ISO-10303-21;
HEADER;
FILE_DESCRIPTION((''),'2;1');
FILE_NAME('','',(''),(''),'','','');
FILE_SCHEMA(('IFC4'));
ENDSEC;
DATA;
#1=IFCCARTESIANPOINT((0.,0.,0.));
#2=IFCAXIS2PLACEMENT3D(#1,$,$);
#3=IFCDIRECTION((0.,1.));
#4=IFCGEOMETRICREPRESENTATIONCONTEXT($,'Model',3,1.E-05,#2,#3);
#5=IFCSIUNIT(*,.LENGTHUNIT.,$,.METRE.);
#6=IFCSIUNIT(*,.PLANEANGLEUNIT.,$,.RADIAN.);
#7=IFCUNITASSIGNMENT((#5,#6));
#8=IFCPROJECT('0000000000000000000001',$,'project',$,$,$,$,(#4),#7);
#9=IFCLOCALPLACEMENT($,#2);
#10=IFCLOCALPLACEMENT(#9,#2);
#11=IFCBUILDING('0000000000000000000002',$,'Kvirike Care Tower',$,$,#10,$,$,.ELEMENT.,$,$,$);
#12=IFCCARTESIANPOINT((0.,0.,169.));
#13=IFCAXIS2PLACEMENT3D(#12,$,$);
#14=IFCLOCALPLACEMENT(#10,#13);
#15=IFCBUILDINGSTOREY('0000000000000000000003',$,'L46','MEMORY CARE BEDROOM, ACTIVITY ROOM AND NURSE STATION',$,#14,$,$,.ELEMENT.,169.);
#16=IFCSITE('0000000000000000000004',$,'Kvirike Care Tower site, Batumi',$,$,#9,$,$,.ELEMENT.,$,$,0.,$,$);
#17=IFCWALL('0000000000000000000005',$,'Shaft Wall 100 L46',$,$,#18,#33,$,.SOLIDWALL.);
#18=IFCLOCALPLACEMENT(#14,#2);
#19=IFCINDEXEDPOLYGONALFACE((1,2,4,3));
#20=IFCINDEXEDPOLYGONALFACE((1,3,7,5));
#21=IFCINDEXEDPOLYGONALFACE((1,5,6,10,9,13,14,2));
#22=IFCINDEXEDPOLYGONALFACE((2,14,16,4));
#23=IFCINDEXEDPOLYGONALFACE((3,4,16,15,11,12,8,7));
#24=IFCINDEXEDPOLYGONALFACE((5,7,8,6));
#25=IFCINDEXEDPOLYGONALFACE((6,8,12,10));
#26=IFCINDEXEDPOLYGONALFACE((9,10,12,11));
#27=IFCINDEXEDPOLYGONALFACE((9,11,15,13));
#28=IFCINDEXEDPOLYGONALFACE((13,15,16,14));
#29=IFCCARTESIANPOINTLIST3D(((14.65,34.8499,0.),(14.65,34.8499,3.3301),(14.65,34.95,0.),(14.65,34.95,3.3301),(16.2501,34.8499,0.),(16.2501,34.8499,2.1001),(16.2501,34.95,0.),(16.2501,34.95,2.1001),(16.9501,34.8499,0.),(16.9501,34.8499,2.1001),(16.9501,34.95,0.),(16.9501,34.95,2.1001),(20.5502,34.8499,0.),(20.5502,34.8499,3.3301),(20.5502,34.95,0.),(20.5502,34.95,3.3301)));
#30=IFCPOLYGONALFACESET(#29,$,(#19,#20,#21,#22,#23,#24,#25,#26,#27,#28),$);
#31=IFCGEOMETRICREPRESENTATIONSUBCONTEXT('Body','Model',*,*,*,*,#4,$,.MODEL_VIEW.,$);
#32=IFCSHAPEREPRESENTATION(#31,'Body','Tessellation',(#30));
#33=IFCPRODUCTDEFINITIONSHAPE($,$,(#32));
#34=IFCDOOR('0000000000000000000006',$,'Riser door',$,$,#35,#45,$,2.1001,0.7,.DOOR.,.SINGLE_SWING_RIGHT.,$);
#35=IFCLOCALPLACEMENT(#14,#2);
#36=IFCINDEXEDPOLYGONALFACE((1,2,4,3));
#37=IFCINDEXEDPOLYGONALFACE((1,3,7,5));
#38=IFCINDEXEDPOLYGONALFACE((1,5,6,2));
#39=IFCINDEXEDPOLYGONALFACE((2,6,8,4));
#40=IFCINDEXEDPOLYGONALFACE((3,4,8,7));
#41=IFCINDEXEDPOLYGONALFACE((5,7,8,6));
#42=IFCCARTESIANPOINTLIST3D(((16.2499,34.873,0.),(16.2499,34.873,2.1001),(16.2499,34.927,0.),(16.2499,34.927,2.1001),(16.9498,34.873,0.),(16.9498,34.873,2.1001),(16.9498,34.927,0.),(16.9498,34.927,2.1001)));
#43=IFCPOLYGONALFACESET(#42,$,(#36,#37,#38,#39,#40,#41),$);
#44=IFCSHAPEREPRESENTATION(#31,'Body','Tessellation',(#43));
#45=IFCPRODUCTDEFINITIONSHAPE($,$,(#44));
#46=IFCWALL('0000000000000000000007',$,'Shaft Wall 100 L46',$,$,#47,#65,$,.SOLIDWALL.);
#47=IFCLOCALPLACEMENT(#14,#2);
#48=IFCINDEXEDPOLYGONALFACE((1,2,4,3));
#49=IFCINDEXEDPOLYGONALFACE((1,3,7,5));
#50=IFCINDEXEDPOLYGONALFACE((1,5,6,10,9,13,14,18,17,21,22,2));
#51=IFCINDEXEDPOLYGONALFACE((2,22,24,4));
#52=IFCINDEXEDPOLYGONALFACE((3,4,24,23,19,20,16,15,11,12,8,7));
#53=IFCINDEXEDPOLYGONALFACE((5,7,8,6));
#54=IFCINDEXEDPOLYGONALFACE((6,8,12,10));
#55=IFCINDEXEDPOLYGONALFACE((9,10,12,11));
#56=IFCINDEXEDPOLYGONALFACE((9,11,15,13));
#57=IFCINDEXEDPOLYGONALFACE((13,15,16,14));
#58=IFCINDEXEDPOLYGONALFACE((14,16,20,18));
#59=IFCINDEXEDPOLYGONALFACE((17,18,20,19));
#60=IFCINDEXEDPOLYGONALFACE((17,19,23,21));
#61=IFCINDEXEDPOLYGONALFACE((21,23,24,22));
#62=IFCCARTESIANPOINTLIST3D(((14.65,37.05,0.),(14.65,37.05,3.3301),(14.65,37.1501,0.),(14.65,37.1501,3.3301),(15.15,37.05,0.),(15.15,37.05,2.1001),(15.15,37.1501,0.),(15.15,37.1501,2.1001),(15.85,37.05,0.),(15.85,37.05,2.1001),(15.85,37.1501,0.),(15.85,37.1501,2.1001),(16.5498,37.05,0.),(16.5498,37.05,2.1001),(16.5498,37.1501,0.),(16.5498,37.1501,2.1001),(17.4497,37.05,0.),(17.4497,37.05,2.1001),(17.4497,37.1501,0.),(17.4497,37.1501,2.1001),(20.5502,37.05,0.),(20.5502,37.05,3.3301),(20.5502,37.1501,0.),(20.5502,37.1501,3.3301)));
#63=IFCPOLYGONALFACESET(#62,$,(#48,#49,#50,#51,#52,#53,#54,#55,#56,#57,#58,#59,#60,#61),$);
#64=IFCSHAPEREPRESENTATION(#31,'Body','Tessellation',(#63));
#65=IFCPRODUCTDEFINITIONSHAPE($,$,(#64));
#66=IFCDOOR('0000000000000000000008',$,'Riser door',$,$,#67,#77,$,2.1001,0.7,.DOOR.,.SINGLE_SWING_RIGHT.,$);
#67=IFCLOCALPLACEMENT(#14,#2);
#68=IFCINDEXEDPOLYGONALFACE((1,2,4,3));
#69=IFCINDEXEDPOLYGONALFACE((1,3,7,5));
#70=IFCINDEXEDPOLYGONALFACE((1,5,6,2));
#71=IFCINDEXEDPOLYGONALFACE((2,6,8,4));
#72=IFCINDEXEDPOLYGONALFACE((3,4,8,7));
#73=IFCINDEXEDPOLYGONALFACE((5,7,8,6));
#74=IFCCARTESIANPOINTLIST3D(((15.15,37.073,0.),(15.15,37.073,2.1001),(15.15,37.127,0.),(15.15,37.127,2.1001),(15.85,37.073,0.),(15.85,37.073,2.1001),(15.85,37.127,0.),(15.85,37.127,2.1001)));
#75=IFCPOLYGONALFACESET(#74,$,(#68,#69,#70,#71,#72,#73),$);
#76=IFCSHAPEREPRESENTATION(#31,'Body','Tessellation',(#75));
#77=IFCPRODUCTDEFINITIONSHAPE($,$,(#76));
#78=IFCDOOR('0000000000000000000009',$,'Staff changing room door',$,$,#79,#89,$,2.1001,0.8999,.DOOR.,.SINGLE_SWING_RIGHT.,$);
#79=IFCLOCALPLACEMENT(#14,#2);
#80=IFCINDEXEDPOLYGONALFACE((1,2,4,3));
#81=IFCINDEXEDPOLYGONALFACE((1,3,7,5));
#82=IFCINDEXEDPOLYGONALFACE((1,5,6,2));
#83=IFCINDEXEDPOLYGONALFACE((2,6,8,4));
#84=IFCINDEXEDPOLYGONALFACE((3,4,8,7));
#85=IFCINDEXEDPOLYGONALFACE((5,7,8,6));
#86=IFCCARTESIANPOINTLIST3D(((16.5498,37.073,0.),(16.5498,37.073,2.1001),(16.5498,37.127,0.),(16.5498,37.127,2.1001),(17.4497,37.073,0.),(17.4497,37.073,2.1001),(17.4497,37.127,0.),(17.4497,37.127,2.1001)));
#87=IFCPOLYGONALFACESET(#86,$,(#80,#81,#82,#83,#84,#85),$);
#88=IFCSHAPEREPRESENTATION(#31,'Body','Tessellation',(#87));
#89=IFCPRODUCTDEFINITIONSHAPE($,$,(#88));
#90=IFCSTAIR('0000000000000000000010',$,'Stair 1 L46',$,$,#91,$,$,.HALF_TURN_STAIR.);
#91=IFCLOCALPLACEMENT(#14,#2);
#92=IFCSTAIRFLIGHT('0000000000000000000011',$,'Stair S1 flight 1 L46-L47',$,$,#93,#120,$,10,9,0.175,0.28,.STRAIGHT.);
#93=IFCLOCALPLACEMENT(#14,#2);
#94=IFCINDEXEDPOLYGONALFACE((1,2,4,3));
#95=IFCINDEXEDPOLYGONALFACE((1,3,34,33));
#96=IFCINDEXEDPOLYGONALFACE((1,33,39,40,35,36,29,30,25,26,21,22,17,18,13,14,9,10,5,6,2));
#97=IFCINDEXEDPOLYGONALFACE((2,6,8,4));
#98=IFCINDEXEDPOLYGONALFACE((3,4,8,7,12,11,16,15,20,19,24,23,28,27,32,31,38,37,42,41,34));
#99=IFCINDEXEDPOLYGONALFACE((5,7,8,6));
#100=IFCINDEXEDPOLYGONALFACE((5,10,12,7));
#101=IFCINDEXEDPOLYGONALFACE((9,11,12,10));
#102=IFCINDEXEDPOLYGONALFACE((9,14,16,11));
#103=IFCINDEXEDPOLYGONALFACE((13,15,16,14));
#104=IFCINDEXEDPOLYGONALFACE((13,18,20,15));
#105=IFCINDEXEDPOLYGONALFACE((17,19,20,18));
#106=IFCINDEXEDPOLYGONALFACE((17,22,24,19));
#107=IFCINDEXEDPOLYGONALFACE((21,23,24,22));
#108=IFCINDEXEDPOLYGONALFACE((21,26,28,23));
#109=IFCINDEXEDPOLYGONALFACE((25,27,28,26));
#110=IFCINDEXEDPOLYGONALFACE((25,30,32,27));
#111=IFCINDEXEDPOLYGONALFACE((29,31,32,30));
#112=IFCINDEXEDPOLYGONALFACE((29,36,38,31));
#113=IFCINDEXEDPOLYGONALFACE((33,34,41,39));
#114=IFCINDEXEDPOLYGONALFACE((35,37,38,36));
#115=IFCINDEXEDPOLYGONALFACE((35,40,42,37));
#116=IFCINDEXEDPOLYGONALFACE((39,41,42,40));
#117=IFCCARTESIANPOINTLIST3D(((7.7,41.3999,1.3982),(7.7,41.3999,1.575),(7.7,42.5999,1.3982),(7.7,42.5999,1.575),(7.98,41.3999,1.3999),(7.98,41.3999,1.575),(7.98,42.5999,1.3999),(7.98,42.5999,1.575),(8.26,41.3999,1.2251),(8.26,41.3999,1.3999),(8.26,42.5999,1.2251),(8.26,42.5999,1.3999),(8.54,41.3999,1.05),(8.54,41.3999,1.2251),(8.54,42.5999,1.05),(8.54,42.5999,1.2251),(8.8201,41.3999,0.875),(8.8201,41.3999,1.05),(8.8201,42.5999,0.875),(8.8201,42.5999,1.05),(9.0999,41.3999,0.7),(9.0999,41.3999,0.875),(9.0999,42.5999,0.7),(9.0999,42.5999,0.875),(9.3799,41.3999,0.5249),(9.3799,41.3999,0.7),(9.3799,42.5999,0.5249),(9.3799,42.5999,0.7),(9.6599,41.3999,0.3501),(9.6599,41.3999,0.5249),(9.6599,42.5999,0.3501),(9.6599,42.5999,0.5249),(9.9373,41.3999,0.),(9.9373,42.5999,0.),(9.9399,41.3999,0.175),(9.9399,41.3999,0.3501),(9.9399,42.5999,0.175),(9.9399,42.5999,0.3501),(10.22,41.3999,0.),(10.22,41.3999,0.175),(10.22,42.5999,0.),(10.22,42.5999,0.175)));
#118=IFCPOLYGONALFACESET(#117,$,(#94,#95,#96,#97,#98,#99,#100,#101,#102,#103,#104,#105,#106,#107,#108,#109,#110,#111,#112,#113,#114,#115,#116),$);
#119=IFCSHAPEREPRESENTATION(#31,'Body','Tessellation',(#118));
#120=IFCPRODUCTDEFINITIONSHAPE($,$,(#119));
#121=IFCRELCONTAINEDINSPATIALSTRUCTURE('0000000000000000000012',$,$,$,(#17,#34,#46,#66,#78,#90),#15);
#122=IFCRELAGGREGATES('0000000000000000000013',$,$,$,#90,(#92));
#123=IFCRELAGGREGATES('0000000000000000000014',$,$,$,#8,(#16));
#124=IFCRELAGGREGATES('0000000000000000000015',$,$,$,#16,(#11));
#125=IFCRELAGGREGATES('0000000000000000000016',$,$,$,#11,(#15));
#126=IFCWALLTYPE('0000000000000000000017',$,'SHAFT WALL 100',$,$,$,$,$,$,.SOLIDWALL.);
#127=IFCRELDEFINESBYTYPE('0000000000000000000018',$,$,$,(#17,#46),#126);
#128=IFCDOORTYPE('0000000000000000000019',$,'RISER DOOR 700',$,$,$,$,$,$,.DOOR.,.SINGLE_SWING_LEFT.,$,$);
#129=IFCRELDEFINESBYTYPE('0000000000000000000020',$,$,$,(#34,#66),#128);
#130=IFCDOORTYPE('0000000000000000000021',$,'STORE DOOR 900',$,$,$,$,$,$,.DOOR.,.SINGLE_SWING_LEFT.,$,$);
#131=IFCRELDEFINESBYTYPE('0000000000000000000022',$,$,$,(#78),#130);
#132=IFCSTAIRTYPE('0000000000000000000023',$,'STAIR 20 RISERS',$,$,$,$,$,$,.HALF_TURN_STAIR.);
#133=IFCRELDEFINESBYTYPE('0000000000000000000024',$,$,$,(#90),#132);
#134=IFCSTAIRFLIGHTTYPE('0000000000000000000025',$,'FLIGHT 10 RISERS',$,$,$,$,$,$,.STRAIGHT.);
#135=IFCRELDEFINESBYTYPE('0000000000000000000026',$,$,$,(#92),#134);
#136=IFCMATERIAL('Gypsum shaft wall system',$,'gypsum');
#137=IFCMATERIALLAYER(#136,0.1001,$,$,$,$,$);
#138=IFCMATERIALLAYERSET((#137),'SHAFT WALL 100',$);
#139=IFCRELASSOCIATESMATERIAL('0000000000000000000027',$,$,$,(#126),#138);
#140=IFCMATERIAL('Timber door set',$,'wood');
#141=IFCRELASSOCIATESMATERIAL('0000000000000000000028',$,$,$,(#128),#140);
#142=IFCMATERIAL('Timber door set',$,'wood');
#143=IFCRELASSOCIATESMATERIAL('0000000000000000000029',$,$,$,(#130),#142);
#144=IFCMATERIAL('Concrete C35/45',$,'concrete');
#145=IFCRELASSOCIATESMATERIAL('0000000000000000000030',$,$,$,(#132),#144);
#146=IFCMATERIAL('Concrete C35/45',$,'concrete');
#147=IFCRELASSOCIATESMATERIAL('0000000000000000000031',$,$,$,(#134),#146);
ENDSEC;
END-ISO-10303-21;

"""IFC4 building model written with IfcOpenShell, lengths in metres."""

from ifc_helpers import new_model, si_unit, direction, frame, frame_2d, origin, place, context, subcontext, project, spatial, polyline, rectangle, outline, extrude, material, layer, layer_set, type_object, element, fill, aggregate, save


model = new_model("IFC4")

# Units and contexts
model_context = context("Model", 3, precision=1e-05, world=origin(), true_north=direction((0.0, 1.0)))
body_context = subcontext(model_context, "Body", "Model", "MODEL_VIEW")
ifc_project = project(units=[si_unit("LENGTHUNIT", "METRE"), si_unit("PLANEANGLEUNIT", "RADIAN")], contexts=[model_context])

# Site, building, storey
site_placement = place(None, origin())
site = spatial("IfcSite", under=ifc_project, at=site_placement, Name="Kvirike Care Tower site, Batumi", CompositionType="ELEMENT", RefElevation=0.0)
building_placement = place(site_placement, origin())
building = spatial("IfcBuilding", under=site, at=building_placement, Name="Kvirike Care Tower", CompositionType="ELEMENT")
storey_placement = place(building_placement, frame((0.0, 0.0, 169.0)))
storey = spatial("IfcBuildingStorey", under=building, at=storey_placement, Name="L46", Description="MEMORY CARE BEDROOM, ACTIVITY ROOM AND NURSE STATION", CompositionType="ELEMENT", Elevation=169.0)

# Shared definitions
ifc_material_1 = material(Name="Gypsum shaft wall system", Category="gypsum")
ifc_layer_1 = layer(ifc_material_1, 0.1001)
ifc_layer_set_1 = layer_set([ifc_layer_1], Name="SHAFT WALL 100")
wall_type_1 = type_object("IfcWallType", Name="SHAFT WALL 100", PredefinedType="SOLIDWALL", material=ifc_layer_set_1)

# Wall, opening, door
wall_1_placement = place(storey_placement, frame((14.6499, 34.8999, 0.0), z_axis=(0.0, 0.0, 1.0), x_axis=(1.0, 0.0, 0.0)))
wall_1 = element("IfcWall", 1, at=wall_1_placement, inside=storey, type_object=wall_type_1, Name="Shaft Wall 100 L46", PredefinedType="SOLIDWALL", context=body_context, shape_type="SweptSolid", body=[
    extrude(rectangle(XDim=5.9001, YDim=0.1001, at=frame_2d((2.9502, 0.0))), origin(), (0.0, 0.0, 1.0), 3.3301),
])
opening_1_placement = place(wall_1_placement, frame((1.6001, 0.0, 0.0)))
opening_1 = element("IfcOpeningElement", 2, at=opening_1_placement, cuts=wall_1, PredefinedType="OPENING", context=body_context, shape_type="SweptSolid", body=[
    extrude(rectangle(XDim=0.7, YDim=2.1001, at=frame_2d((0.3501, 1.05))), frame((0.0, 0.0605, 0.0), z_axis=(0.0, -1.0, 0.0), x_axis=(1.0, 0.0, 0.0)), (0.0, 0.0, 1.0), 0.1211),
])
ifc_material_2 = material(Name="Timber door set", Category="wood")
door_type_1 = type_object("IfcDoorType", Name="RISER DOOR 700", OperationType="SINGLE_SWING_LEFT", PredefinedType="DOOR", material=ifc_material_2)
door_1_placement = place(opening_1_placement, frame((0.7, 0.0, 0.0), z_axis=(0.0, 0.0, 1.0), x_axis=(-1.0, 0.0, 0.0)))
door_1 = element("IfcDoor", 3, at=door_1_placement, inside=storey, type_object=door_type_1, Name="Riser door", OperationType="SINGLE_SWING_RIGHT", OverallHeight=2.1001, OverallWidth=0.7, PredefinedType="DOOR", context=body_context, shape_type="SweptSolid", body=[
    extrude(rectangle(XDim=0.7, YDim=2.1001, at=frame_2d((0.3501, 1.05))), frame((0.0, 0.0269, 0.0), z_axis=(0.0, -1.0, 0.0), x_axis=(1.0, 0.0, 0.0)), (0.0, 0.0, 1.0), 0.054),
])
fill(opening_1, door_1)

# Wall, openings, doors
wall_2_placement = place(storey_placement, frame((14.6499, 37.1001, 0.0), z_axis=(0.0, 0.0, 1.0), x_axis=(1.0, 0.0, 0.0)))
wall_2 = element("IfcWall", 4, at=wall_2_placement, inside=storey, type_object=wall_type_1, Name="Shaft Wall 100 L46", PredefinedType="SOLIDWALL", context=body_context, shape_type="SweptSolid", body=[
    extrude(rectangle(XDim=5.9001, YDim=0.1001, at=frame_2d((2.9502, 0.0))), origin(), (0.0, 0.0, 1.0), 3.3301),
])
opening_2_placement = place(wall_2_placement, frame((0.5, 0.0, 0.0)))
opening_2 = element("IfcOpeningElement", 5, at=opening_2_placement, cuts=wall_2, PredefinedType="OPENING", context=body_context, shape_type="SweptSolid", body=[
    extrude(rectangle(XDim=0.7, YDim=2.1001, at=frame_2d((0.3501, 1.05))), frame((0.0, 0.0605, 0.0), z_axis=(0.0, -1.0, 0.0), x_axis=(1.0, 0.0, 0.0)), (0.0, 0.0, 1.0), 0.1211),
])
opening_3_placement = place(wall_2_placement, frame((1.8999, 0.0, 0.0)))
opening_3 = element("IfcOpeningElement", 6, at=opening_3_placement, cuts=wall_2, PredefinedType="OPENING", context=body_context, shape_type="SweptSolid", body=[
    extrude(rectangle(XDim=0.8999, YDim=2.1001, at=frame_2d((0.45, 1.05))), frame((0.0, 0.0605, 0.0), z_axis=(0.0, -1.0, 0.0), x_axis=(1.0, 0.0, 0.0)), (0.0, 0.0, 1.0), 0.1211),
])
door_2_placement = place(opening_2_placement, origin())
door_2 = element("IfcDoor", 7, at=door_2_placement, inside=storey, type_object=door_type_1, Name="Riser door", OperationType="SINGLE_SWING_RIGHT", OverallHeight=2.1001, OverallWidth=0.7, PredefinedType="DOOR", context=body_context, shape_type="SweptSolid", body=[
    extrude(rectangle(XDim=0.7, YDim=2.1001, at=frame_2d((0.3501, 1.05))), frame((0.0, 0.0269, 0.0), z_axis=(0.0, -1.0, 0.0), x_axis=(1.0, 0.0, 0.0)), (0.0, 0.0, 1.0), 0.054),
])
fill(opening_2, door_2)
ifc_material_3 = material(Name="Timber door set", Category="wood")
door_type_2 = type_object("IfcDoorType", Name="STORE DOOR 900", OperationType="SINGLE_SWING_LEFT", PredefinedType="DOOR", material=ifc_material_3)
door_3_placement = place(opening_3_placement, origin())
door_3 = element("IfcDoor", 8, at=door_3_placement, inside=storey, type_object=door_type_2, Name="Staff changing room door", OperationType="SINGLE_SWING_RIGHT", OverallHeight=2.1001, OverallWidth=0.8999, PredefinedType="DOOR", context=body_context, shape_type="SweptSolid", body=[
    extrude(rectangle(XDim=0.8999, YDim=2.1001, at=frame_2d((0.45, 1.05))), frame((0.0, 0.0269, 0.0), z_axis=(0.0, -1.0, 0.0), x_axis=(1.0, 0.0, 0.0)), (0.0, 0.0, 1.0), 0.054),
])
fill(opening_3, door_3)

# Stair, stair flight
ifc_material_4 = material(Name="Concrete C35/45", Category="concrete")
stair_type = type_object("IfcStairType", Name="STAIR 20 RISERS", PredefinedType="HALF_TURN_STAIR", material=ifc_material_4)
stair_placement = place(storey_placement, origin())
stair = element("IfcStair", 9, at=stair_placement, inside=storey, type_object=stair_type, Name="Stair 1 L46", PredefinedType="HALF_TURN_STAIR")
ifc_material_5 = material(Name="Concrete C35/45", Category="concrete")
stair_flight_type = type_object("IfcStairFlightType", Name="FLIGHT 10 RISERS", PredefinedType="STRAIGHT", material=ifc_material_5)
stair_flight_placement = place(storey_placement, frame((10.22, 42.0, 0.0), z_axis=(0.0, 0.0, 1.0), x_axis=(-1.0, 0.0, 0.0)))
stair_flight = element("IfcStairFlight", 10, at=stair_flight_placement, type_object=stair_flight_type, Name="Stair S1 flight 1 L46-L47", NumberOfRisers=10, NumberOfTreads=9, PredefinedType="STRAIGHT", RiserHeight=0.175, TreadLength=0.28, context=body_context, shape_type="SweptSolid", body=[
    extrude(outline(polyline([(0.0, 0.0), (0.0, 0.175), (0.28, 0.175), (0.28, 0.3501), (0.5601, 0.3501), (0.5601, 0.5249), (0.8401, 0.5249), (0.8401, 0.7), (1.1201, 0.7), (1.1201, 0.875), (1.3999, 0.875), (1.3999, 1.05), (1.6799, 1.05), (1.6799, 1.2251), (1.96, 1.2251), (1.96, 1.3999), (2.24, 1.3999), (2.24, 1.575), (2.52, 1.575), (2.52, 1.75), (2.52, 1.3982), (0.2827, 0.0), (0.0, 0.0)])), frame((0.0, 0.6001, 0.0), z_axis=(0.0, -1.0, 0.0), x_axis=(1.0, 0.0, 0.0)), (0.0, 0.0, 1.0), 1.2),
])
aggregate(stair, [stair_flight])

save(model, "model.ifc")
